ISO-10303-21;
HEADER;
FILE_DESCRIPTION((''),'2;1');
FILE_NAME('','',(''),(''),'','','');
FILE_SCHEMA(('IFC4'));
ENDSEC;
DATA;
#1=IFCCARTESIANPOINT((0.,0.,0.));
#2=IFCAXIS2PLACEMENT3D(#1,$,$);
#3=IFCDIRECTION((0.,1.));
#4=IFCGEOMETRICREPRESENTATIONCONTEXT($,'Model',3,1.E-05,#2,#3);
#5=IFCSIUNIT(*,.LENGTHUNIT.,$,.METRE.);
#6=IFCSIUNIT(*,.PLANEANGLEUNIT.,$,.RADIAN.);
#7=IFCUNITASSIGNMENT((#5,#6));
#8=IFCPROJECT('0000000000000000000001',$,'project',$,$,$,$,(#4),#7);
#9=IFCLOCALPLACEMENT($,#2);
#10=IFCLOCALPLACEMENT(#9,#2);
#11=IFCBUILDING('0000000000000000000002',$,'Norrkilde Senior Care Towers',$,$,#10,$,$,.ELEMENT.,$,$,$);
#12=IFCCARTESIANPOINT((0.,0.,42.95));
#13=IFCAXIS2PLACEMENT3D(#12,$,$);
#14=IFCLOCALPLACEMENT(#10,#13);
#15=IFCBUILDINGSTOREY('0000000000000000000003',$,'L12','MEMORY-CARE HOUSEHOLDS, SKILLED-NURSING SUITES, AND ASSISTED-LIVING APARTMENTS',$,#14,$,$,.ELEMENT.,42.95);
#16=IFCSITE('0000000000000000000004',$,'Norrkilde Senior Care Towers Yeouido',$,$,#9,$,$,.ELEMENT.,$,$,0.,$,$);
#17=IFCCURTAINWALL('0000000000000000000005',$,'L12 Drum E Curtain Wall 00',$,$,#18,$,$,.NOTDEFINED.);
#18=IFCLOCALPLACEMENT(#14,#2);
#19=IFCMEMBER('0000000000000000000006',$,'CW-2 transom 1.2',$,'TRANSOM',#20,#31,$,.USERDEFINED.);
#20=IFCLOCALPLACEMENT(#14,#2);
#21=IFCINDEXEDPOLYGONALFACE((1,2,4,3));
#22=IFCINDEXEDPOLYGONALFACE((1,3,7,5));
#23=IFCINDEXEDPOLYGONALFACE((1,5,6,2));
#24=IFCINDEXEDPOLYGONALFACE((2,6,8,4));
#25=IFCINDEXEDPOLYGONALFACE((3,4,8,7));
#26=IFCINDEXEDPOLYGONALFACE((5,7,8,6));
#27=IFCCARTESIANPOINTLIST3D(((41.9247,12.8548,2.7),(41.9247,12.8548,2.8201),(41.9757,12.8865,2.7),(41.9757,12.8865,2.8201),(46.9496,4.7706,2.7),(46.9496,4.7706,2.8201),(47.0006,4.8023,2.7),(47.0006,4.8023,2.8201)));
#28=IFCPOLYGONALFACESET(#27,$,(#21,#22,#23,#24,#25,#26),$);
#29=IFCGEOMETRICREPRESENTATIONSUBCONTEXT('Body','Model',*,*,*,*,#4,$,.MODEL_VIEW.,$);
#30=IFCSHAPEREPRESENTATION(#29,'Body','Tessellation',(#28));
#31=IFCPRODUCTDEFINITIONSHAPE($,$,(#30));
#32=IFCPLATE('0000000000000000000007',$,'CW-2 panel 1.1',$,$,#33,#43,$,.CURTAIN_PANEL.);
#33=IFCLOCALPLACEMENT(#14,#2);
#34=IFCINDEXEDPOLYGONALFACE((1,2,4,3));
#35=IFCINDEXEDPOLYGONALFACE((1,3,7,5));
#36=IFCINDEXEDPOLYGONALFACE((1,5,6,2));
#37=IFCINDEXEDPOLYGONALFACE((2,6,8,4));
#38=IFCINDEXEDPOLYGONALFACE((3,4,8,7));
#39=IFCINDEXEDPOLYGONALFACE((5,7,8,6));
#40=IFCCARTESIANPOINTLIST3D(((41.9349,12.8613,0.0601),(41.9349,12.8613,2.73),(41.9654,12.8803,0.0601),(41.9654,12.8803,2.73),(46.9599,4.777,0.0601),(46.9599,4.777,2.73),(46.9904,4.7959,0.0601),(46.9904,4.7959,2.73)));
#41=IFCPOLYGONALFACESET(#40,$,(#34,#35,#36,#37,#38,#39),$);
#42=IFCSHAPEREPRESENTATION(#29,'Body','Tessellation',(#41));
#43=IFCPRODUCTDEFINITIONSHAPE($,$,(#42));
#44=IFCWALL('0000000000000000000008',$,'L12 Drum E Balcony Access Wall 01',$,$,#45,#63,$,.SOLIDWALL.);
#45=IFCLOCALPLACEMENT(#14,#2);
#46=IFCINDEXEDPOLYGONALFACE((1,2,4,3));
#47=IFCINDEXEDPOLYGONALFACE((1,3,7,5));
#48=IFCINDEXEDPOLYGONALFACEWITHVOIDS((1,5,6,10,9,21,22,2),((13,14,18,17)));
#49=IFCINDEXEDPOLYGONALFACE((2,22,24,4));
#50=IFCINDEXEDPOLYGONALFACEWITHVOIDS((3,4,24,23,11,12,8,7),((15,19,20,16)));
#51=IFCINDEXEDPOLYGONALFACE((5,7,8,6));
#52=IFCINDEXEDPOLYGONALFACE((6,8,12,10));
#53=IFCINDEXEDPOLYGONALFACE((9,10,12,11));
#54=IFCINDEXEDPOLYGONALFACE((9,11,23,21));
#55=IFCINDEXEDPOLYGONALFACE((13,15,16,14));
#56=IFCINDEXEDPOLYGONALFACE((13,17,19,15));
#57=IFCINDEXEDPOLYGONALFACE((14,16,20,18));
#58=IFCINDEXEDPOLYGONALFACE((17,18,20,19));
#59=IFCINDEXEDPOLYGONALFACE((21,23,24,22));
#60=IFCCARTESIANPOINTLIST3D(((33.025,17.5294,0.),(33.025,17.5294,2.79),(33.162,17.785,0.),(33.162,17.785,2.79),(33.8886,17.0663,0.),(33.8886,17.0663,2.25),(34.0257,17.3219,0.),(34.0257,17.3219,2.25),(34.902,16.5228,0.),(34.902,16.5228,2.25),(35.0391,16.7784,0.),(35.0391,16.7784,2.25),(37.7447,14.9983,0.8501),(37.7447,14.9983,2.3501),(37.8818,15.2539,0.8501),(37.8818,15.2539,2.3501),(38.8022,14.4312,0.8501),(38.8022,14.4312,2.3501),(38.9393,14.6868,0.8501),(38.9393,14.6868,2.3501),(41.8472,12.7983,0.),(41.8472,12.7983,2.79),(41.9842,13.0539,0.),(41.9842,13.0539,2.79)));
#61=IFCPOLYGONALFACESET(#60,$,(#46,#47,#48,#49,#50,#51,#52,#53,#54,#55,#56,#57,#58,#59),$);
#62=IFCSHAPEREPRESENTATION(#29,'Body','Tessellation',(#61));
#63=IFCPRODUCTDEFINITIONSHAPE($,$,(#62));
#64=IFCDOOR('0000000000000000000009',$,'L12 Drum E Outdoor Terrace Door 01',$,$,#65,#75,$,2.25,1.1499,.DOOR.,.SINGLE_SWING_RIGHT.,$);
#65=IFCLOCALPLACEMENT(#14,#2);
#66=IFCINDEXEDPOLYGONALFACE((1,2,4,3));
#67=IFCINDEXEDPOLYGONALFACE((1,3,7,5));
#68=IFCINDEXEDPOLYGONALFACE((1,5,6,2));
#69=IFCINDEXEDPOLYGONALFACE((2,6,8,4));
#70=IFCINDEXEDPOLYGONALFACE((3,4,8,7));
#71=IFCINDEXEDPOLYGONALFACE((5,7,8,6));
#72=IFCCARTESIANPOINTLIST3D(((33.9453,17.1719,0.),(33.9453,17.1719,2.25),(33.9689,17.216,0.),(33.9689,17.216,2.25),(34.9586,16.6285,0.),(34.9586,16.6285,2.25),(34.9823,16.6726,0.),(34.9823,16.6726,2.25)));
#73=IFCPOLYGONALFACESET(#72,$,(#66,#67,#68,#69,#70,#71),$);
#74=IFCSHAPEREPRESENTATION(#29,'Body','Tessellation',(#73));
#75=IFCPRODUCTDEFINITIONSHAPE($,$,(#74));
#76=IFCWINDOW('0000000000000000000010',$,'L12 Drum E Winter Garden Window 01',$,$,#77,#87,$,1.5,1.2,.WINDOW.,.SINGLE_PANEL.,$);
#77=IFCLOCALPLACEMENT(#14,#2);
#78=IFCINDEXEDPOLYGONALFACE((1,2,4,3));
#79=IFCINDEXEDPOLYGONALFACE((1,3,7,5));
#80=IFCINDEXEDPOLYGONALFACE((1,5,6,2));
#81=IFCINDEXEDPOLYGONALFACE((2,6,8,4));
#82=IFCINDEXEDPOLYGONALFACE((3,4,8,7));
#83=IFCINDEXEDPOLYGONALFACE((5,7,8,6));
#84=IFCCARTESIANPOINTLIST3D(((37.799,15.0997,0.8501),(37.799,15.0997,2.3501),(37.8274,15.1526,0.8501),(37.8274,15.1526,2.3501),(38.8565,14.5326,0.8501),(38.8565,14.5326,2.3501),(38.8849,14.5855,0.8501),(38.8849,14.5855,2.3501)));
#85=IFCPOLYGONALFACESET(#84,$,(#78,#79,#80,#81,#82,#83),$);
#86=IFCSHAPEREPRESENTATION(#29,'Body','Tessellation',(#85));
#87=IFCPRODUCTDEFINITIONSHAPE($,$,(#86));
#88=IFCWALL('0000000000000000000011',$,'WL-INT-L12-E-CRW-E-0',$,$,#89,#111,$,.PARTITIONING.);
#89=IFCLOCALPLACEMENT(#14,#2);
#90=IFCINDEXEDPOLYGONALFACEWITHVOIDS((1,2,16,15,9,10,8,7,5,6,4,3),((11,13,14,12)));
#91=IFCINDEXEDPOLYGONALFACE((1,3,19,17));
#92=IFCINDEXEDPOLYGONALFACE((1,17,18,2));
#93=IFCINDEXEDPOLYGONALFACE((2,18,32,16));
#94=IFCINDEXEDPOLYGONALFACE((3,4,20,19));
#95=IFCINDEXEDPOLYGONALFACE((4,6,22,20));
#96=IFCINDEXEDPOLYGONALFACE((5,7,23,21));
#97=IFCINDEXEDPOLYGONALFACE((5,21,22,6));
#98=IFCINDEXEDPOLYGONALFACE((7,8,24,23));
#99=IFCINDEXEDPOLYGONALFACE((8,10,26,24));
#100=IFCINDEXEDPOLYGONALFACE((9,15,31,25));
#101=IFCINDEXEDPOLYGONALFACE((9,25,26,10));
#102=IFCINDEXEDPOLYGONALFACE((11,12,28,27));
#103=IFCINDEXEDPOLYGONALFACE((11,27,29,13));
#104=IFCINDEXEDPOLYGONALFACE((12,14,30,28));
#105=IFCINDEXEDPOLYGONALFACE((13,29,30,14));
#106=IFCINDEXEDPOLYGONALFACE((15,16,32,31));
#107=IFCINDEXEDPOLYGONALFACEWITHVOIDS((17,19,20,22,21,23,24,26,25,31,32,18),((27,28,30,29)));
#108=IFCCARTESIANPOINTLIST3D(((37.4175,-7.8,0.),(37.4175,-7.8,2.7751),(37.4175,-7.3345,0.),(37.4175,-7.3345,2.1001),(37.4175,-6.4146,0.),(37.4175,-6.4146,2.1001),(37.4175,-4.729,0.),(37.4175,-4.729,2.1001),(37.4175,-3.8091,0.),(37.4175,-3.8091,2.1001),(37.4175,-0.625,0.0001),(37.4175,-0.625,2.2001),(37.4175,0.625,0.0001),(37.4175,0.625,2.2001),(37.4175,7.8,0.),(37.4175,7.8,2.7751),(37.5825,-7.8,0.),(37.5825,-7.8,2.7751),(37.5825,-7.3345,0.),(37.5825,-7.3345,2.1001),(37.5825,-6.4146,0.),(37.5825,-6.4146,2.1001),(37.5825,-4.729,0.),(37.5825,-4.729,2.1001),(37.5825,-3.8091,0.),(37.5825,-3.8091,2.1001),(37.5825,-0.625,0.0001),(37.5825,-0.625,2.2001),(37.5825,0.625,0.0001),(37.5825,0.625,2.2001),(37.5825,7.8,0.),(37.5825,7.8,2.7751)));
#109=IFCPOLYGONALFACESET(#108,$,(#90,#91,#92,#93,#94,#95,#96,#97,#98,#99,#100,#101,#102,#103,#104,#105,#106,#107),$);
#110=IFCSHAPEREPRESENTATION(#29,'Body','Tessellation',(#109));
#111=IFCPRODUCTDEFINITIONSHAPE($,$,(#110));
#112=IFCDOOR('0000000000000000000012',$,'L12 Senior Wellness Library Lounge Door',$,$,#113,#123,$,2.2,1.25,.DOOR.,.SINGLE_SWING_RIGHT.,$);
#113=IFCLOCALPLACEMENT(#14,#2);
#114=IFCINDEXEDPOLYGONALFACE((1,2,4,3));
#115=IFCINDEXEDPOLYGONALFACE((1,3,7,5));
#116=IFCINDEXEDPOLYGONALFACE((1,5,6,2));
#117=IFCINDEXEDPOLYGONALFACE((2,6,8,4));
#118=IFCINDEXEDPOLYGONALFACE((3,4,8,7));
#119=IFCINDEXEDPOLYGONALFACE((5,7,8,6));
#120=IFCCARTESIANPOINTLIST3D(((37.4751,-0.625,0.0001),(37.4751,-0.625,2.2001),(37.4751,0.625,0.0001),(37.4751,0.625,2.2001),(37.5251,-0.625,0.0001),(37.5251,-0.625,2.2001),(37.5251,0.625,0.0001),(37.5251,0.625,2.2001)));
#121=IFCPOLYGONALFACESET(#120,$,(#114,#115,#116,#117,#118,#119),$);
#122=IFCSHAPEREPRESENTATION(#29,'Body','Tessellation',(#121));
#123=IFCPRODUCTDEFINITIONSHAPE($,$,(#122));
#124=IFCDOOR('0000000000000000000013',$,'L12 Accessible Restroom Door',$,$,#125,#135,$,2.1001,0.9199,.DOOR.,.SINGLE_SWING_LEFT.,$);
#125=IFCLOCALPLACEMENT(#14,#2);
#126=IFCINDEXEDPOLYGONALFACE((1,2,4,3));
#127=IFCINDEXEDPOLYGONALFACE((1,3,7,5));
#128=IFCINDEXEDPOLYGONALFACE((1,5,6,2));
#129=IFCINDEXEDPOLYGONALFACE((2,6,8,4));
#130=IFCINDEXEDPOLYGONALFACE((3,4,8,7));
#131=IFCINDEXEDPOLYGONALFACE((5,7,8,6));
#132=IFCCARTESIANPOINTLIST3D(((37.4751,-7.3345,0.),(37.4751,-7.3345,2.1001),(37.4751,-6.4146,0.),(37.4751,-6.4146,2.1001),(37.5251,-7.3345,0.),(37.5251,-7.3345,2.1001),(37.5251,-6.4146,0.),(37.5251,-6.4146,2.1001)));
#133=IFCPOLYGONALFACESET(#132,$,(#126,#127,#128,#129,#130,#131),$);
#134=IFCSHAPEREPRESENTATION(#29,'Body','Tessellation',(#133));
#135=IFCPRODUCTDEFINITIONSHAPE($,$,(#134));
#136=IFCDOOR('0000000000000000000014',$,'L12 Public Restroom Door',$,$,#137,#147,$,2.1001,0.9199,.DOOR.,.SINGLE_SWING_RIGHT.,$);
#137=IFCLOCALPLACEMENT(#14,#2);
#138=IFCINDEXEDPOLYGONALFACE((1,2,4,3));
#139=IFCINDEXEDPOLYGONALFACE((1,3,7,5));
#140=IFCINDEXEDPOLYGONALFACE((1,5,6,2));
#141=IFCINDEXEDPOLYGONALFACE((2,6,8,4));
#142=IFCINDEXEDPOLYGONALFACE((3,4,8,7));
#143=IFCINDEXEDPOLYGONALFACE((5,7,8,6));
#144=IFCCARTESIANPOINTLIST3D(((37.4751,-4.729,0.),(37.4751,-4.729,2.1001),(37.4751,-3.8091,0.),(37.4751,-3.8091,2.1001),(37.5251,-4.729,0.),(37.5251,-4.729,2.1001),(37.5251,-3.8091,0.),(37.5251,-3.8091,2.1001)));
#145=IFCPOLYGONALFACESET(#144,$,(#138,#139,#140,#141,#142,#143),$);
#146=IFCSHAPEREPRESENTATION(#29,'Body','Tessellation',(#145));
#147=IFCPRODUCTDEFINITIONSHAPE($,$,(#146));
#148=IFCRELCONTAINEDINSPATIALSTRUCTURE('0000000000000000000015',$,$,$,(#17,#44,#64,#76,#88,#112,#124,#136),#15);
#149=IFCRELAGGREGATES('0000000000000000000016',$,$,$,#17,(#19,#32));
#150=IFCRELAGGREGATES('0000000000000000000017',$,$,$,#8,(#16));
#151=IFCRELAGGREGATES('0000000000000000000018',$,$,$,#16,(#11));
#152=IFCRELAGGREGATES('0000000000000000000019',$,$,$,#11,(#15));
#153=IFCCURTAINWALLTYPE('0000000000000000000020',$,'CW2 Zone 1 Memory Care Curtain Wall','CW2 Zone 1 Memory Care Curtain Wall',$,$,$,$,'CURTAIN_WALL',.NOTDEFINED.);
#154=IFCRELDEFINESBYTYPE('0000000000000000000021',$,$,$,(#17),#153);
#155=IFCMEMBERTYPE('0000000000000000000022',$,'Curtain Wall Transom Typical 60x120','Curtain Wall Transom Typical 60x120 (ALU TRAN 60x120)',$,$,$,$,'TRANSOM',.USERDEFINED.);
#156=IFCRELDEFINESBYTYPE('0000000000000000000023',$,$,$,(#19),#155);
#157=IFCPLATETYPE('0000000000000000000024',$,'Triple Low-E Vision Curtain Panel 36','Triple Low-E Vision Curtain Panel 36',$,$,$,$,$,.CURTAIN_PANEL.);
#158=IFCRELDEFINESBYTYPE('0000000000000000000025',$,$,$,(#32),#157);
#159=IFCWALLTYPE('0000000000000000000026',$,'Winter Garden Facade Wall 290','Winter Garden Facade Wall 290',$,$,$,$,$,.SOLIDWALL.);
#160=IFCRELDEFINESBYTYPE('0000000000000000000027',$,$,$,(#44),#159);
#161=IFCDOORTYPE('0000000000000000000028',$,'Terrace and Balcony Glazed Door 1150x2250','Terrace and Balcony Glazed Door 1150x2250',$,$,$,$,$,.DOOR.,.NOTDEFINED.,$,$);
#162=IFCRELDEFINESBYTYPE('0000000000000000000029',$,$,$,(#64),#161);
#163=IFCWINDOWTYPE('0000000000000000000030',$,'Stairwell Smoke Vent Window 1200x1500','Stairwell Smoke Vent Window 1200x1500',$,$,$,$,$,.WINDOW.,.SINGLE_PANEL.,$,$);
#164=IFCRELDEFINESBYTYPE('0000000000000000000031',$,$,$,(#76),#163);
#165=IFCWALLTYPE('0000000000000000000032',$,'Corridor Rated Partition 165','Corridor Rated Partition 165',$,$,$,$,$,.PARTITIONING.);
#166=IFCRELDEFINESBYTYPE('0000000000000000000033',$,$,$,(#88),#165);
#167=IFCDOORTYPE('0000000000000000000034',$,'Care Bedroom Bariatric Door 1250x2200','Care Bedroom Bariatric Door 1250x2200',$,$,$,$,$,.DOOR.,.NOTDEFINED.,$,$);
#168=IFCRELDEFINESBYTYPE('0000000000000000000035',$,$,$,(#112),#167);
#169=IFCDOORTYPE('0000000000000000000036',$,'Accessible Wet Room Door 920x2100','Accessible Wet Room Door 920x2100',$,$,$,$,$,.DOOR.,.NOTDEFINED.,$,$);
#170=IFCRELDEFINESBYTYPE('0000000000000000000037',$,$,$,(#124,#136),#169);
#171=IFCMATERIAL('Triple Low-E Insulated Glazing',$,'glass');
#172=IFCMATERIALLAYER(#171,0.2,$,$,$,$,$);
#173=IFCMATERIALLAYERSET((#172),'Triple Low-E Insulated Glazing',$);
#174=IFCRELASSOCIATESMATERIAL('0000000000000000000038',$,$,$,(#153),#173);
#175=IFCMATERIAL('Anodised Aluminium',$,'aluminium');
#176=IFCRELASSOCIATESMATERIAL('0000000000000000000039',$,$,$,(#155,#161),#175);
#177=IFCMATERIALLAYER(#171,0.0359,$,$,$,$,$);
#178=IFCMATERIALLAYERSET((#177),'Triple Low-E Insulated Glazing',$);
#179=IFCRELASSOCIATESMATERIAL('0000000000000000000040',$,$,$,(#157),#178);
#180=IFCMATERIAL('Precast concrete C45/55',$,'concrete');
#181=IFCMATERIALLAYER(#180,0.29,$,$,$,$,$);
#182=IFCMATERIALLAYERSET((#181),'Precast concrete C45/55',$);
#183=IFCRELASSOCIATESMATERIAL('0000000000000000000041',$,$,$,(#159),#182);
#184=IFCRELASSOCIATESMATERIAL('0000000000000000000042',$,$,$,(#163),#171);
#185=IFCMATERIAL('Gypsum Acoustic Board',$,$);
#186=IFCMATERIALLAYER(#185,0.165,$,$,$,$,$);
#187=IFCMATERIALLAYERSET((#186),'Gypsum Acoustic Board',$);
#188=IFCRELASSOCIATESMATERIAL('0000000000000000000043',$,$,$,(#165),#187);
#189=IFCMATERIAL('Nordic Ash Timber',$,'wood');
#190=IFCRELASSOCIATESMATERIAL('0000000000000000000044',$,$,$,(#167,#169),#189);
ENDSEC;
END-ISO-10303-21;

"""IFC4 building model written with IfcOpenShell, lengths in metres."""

from ifc_helpers import new_model, si_unit, direction, frame, frame_2d, origin, origin_2d, place, context, subcontext, project, spatial, rectangle, extrude, source, transform, mapped, material, layer, layer_set, material_profile, profile_set, type_object, type_shapes, element, fill, aggregate, save


model = new_model("IFC4")

# Units and contexts
model_context = context("Model", 3, precision=1e-05, world=origin(), true_north=direction((0.0, 1.0)))
body_context = subcontext(model_context, "Body", "Model", "MODEL_VIEW")
ifc_project = project(units=[si_unit("LENGTHUNIT", "METRE"), si_unit("PLANEANGLEUNIT", "RADIAN")], contexts=[model_context])

# Site, building, storey
site_placement = place(None, origin())
site = spatial("IfcSite", under=ifc_project, at=site_placement, Name="Norrkilde Senior Care Towers Yeouido", CompositionType="ELEMENT", RefElevation=0.0)
building_placement = place(site_placement, origin())
building = spatial("IfcBuilding", under=site, at=building_placement, Name="Norrkilde Senior Care Towers", CompositionType="ELEMENT")
storey_placement = place(building_placement, frame((0.0, 0.0, 42.95)))
storey = spatial("IfcBuildingStorey", under=building, at=storey_placement, Name="L12", Description="MEMORY-CARE HOUSEHOLDS, SKILLED-NURSING SUITES, AND ASSISTED-LIVING APARTMENTS", CompositionType="ELEMENT", Elevation=42.95)

# Curtain wall
ifc_material_1 = material(Name="Triple Low-E Insulated Glazing", Category="glass")
ifc_layer_1 = layer(ifc_material_1, 0.2)
ifc_layer_set_1 = layer_set([ifc_layer_1], Name="Triple Low-E Insulated Glazing")
curtain_wall_type = type_object("IfcCurtainWallType", Name="CW2 Zone 1 Memory Care Curtain Wall", Description="CW2 Zone 1 Memory Care Curtain Wall", ElementType="CURTAIN_WALL", PredefinedType="NOTDEFINED", material=ifc_layer_set_1)
curtain_wall_1_placement = place(storey_placement, origin())
curtain_wall_1 = element("IfcCurtainWall", 1, at=curtain_wall_1_placement, inside=storey, type_object=curtain_wall_type, Name="L12 Drum E Curtain Wall 00", PredefinedType="NOTDEFINED")
ifc_material_2 = material(Name="Anodised Aluminium", Category="aluminium")

# Member
ifc_material_profile_1 = material_profile(ifc_material_2, rectangle(XDim=0.0601, YDim=0.1201, at=origin_2d()), Name="ALU TRAN 60x120")
ifc_profile_set_1 = profile_set([ifc_material_profile_1], Name="Anodised Aluminium")
member_type_1 = type_object("IfcMemberType", Name="Curtain Wall Transom Typical 60x120", Description="Curtain Wall Transom Typical 60x120 (ALU TRAN 60x120)", ElementType="TRANSOM", PredefinedType="USERDEFINED", material=ifc_profile_set_1)
shared_shape_1 = source(origin(), body_context, "Body", "SweptSolid", [
    extrude(rectangle(XDim=0.0601, YDim=0.1201, at=origin_2d()), origin(), (0.0, 0.0, 1.0), 9.5186),
])
type_shapes(member_type_1, [shared_shape_1])
member_1_placement = place(storey_placement, frame((41.9502, 12.8706, 2.76), z_axis=(0.527902, -0.849306, 0.0), x_axis=(0.849306, 0.527902, 0.0)))
member_1 = element("IfcMember", 2, at=member_1_placement, type_object=member_type_1, Name="CW-2 transom 1.2", ObjectType="TRANSOM", PredefinedType="USERDEFINED", context=body_context, shape_type="MappedRepresentation", body=[
    mapped(shared_shape_1, transform((0.0, 0.0, 0.0), x_axis=(1.0, 0.0, 0.0), y_axis=(0.0, 1.0, 0.0), z_axis=(0.0, 0.0, 1.0), scale=1.0)),
])

# Plate
ifc_layer_2 = layer(ifc_material_1, 0.0359)
ifc_layer_set_2 = layer_set([ifc_layer_2], Name="Triple Low-E Insulated Glazing")
plate_type = type_object("IfcPlateType", Name="Triple Low-E Vision Curtain Panel 36", Description="Triple Low-E Vision Curtain Panel 36", PredefinedType="CURTAIN_PANEL", material=ifc_layer_set_2)
shared_shape_2 = source(origin(), body_context, "Body", "SweptSolid", [
    extrude(rectangle(XDim=9.5188, YDim=0.0359, at=origin_2d()), origin(), (0.0, 0.0, 1.0), 2.6699),
])
type_shapes(plate_type, [shared_shape_2])
plate_placement = place(storey_placement, frame((44.4626, 8.8286, 0.0601), z_axis=(0.0, 0.0, 1.0), x_axis=(0.527901, -0.849306, 0.0)))
plate = element("IfcPlate", 3, at=plate_placement, type_object=plate_type, Name="CW-2 panel 1.1", PredefinedType="CURTAIN_PANEL", context=body_context, shape_type="MappedRepresentation", body=[
    mapped(shared_shape_2, transform((0.0, 0.0, 0.0), x_axis=(1.0, 0.0, 0.0), y_axis=(0.0, 1.0, 0.0), z_axis=(0.0, 0.0, 1.0), scale=1.0)),
])
aggregate(curtain_wall_1, [member_1, plate])

# Wall, openings, door, window
ifc_material_3 = material(Name="Precast concrete C45/55", Category="concrete")
ifc_layer_3 = layer(ifc_material_3, 0.29)
ifc_layer_set_3 = layer_set([ifc_layer_3], Name="Precast concrete C45/55")
wall_type_1 = type_object("IfcWallType", Name="Winter Garden Facade Wall 290", Description="Winter Garden Facade Wall 290", PredefinedType="SOLIDWALL", material=ifc_layer_set_3)
shared_shape_3 = source(origin(), body_context, "Body", "SweptSolid", [
    extrude(rectangle(XDim=10.0107, YDim=0.29, at=frame_2d((5.0054, 0.0))), origin(), (0.0, 0.0, 1.0), 2.79),
])
type_shapes(wall_type_1, [shared_shape_3])
wall_1_placement = place(storey_placement, frame((33.0935, 17.6572, 0.0), z_axis=(0.0, 0.0, 1.0), x_axis=(0.881273, -0.472608, 0.0)))
wall_1 = element("IfcWall", 4, at=wall_1_placement, inside=storey, type_object=wall_type_1, Name="L12 Drum E Balcony Access Wall 01", PredefinedType="SOLIDWALL", context=body_context, shape_type="MappedRepresentation", body=[
    mapped(shared_shape_3, transform((0.0, 0.0, 0.0), x_axis=(1.0, 0.0, 0.0), y_axis=(0.0, 1.0, 0.0), z_axis=(0.0, 0.0, 1.0), scale=1.0)),
])
opening_1_placement = place(wall_1_placement, frame((0.98, 0.0, 0.0)))
opening_1 = element("IfcOpeningElement", 5, at=opening_1_placement, cuts=wall_1, PredefinedType="OPENING", context=body_context, shape_type="SweptSolid", body=[
    extrude(rectangle(XDim=1.1499, YDim=2.25, at=frame_2d((0.575, 1.125))), frame((0.0, 0.155, 0.0), z_axis=(0.0, -1.0, 0.0), x_axis=(1.0, 0.0, 0.0)), (0.0, 0.0, 1.0), 0.3101),
])
opening_2_placement = place(wall_1_placement, frame((5.3555, 0.0, 0.8501)))
opening_2 = element("IfcOpeningElement", 6, at=opening_2_placement, cuts=wall_1, PredefinedType="OPENING", context=body_context, shape_type="SweptSolid", body=[
    extrude(rectangle(XDim=1.2, YDim=1.5, at=frame_2d((0.6001, 0.75))), frame((0.0, 0.155, 0.0), z_axis=(0.0, -1.0, 0.0), x_axis=(1.0, 0.0, 0.0)), (0.0, 0.0, 1.0), 0.3101),
])
door_type_1 = type_object("IfcDoorType", Name="Terrace and Balcony Glazed Door 1150x2250", Description="Terrace and Balcony Glazed Door 1150x2250", OperationType="NOTDEFINED", PredefinedType="DOOR", material=ifc_material_2)
shared_shape_4 = source(origin(), body_context, "Body", "SweptSolid", [
    extrude(rectangle(XDim=1.1499, YDim=2.25, at=frame_2d((0.575, 1.125))), frame((0.0, 0.0249, 0.0), z_axis=(0.0, -1.0, 0.0), x_axis=(1.0, 0.0, 0.0)), (0.0, 0.0, 1.0), 0.05),
])
type_shapes(door_type_1, [shared_shape_4])
door_1_placement = place(opening_1_placement, origin())
door_1 = element("IfcDoor", 7, at=door_1_placement, inside=storey, type_object=door_type_1, Name="L12 Drum E Outdoor Terrace Door 01", OperationType="SINGLE_SWING_RIGHT", OverallHeight=2.25, OverallWidth=1.1499, PredefinedType="DOOR", context=body_context, shape_type="MappedRepresentation", body=[
    mapped(shared_shape_4, transform((0.0, 0.0, 0.0), x_axis=(1.0, 0.0, 0.0), y_axis=(0.0, 1.0, 0.0), z_axis=(0.0, 0.0, 1.0), scale=1.0)),
])
fill(opening_1, door_1)
window_type = type_object("IfcWindowType", Name="Stairwell Smoke Vent Window 1200x1500", Description="Stairwell Smoke Vent Window 1200x1500", PartitioningType="SINGLE_PANEL", PredefinedType="WINDOW", material=ifc_material_1)
shared_shape_5 = source(origin(), body_context, "Body", "SweptSolid", [
    extrude(rectangle(XDim=1.2, YDim=1.5, at=frame_2d((0.6001, 0.75))), frame((0.0, 0.03, 0.0), z_axis=(0.0, -1.0, 0.0), x_axis=(1.0, 0.0, 0.0)), (0.0, 0.0, 1.0), 0.0601),
])
type_shapes(window_type, [shared_shape_5])
window_placement = place(opening_2_placement, origin())
window = element("IfcWindow", 8, at=window_placement, inside=storey, type_object=window_type, Name="L12 Drum E Winter Garden Window 01", OverallHeight=1.5, OverallWidth=1.2, PartitioningType="SINGLE_PANEL", PredefinedType="WINDOW", context=body_context, shape_type="MappedRepresentation", body=[
    mapped(shared_shape_5, transform((0.0, 0.0, 0.0), x_axis=(1.0, 0.0, 0.0), y_axis=(0.0, 1.0, 0.0), z_axis=(0.0, 0.0, 1.0), scale=1.0)),
])
fill(opening_2, window)

# Wall, openings, doors
ifc_material_4 = material(Name="Gypsum Acoustic Board")
ifc_layer_4 = layer(ifc_material_4, 0.165)
ifc_layer_set_4 = layer_set([ifc_layer_4], Name="Gypsum Acoustic Board")
wall_type_2 = type_object("IfcWallType", Name="Corridor Rated Partition 165", Description="Corridor Rated Partition 165", PredefinedType="PARTITIONING", material=ifc_layer_set_4)
shared_shape_6 = source(origin(), body_context, "Body", "SweptSolid", [
    extrude(rectangle(XDim=15.6001, YDim=0.165, at=frame_2d((7.8, 0.0))), origin(), (0.0, 0.0, 1.0), 2.7751),
])
type_shapes(wall_type_2, [shared_shape_6])
wall_2_placement = place(storey_placement, frame((37.5, 7.8, 0.0), z_axis=(0.0, 0.0, 1.0), x_axis=(0.0, -1.0, 0.0)))
wall_2 = element("IfcWall", 9, at=wall_2_placement, inside=storey, type_object=wall_type_2, Name="WL-INT-L12-E-CRW-E-0", PredefinedType="PARTITIONING", context=body_context, shape_type="MappedRepresentation", body=[
    mapped(shared_shape_6, transform((0.0, 0.0, 0.0), x_axis=(1.0, 0.0, 0.0), y_axis=(0.0, 1.0, 0.0), z_axis=(0.0, 0.0, 1.0), scale=1.0)),
])
opening_3_placement = place(wall_2_placement, frame((14.2146, 0.0, 0.0)))
opening_3 = element("IfcOpeningElement", 10, at=opening_3_placement, cuts=wall_2, PredefinedType="OPENING", context=body_context, shape_type="SweptSolid", body=[
    extrude(rectangle(XDim=0.9199, YDim=2.1001, at=frame_2d((0.46, 1.05))), frame((0.0, 0.0925, 0.0), z_axis=(0.0, -1.0, 0.0), x_axis=(1.0, 0.0, 0.0)), (0.0, 0.0, 1.0), 0.1851),
])
opening_4_placement = place(wall_2_placement, frame((11.6091, 0.0, 0.0)))
opening_4 = element("IfcOpeningElement", 11, at=opening_4_placement, cuts=wall_2, PredefinedType="OPENING", context=body_context, shape_type="SweptSolid", body=[
    extrude(rectangle(XDim=0.9199, YDim=2.1001, at=frame_2d((0.46, 1.05))), frame((0.0, 0.0925, 0.0), z_axis=(0.0, -1.0, 0.0), x_axis=(1.0, 0.0, 0.0)), (0.0, 0.0, 1.0), 0.1851),
])
opening_5_placement = place(wall_2_placement, frame((7.175, 0.0, 0.0)))
opening_5 = element("IfcOpeningElement", 12, at=opening_5_placement, cuts=wall_2, PredefinedType="OPENING", context=body_context, shape_type="SweptSolid", body=[
    extrude(rectangle(XDim=1.25, YDim=2.2, at=frame_2d((0.625, 1.1001))), frame((0.0, 0.0925, 0.0), z_axis=(0.0, -1.0, 0.0), x_axis=(1.0, 0.0, 0.0)), (0.0, 0.0, 1.0), 0.1851),
])
ifc_material_5 = material(Name="Nordic Ash Timber", Category="wood")
door_type_2 = type_object("IfcDoorType", Name="Care Bedroom Bariatric Door 1250x2200", Description="Care Bedroom Bariatric Door 1250x2200", OperationType="NOTDEFINED", PredefinedType="DOOR", material=ifc_material_5)
shared_shape_7 = source(origin(), body_context, "Body", "SweptSolid", [
    extrude(rectangle(XDim=1.25, YDim=2.2, at=frame_2d((0.625, 1.1001))), frame((0.0, 0.0249, 0.0), z_axis=(0.0, -1.0, 0.0), x_axis=(1.0, 0.0, 0.0)), (0.0, 0.0, 1.0), 0.05),
])
type_shapes(door_type_2, [shared_shape_7])
door_2_placement = place(opening_5_placement, frame((1.25, 0.0, 0.0), z_axis=(0.0, 0.0, 1.0), x_axis=(-1.0, 0.0, 0.0)))
door_2 = element("IfcDoor", 13, at=door_2_placement, inside=storey, type_object=door_type_2, Name="L12 Senior Wellness Library Lounge Door", OperationType="SINGLE_SWING_RIGHT", OverallHeight=2.2, OverallWidth=1.25, PredefinedType="DOOR", context=body_context, shape_type="MappedRepresentation", body=[
    mapped(shared_shape_7, transform((0.0, 0.0, 0.0), x_axis=(1.0, 0.0, 0.0), y_axis=(0.0, 1.0, 0.0), z_axis=(0.0, 0.0, 1.0), scale=1.0)),
])
fill(opening_5, door_2)
door_type_3 = type_object("IfcDoorType", Name="Accessible Wet Room Door 920x2100", Description="Accessible Wet Room Door 920x2100", OperationType="NOTDEFINED", PredefinedType="DOOR", material=ifc_material_5)
shared_shape_8 = source(origin(), body_context, "Body", "SweptSolid", [
    extrude(rectangle(XDim=0.9199, YDim=2.1001, at=frame_2d((0.46, 1.05))), frame((0.0, 0.0249, 0.0), z_axis=(0.0, -1.0, 0.0), x_axis=(1.0, 0.0, 0.0)), (0.0, 0.0, 1.0), 0.05),
])
type_shapes(door_type_3, [shared_shape_8])
door_3_placement = place(opening_3_placement, frame((0.9199, 0.0, 0.0), z_axis=(0.0, 0.0, 1.0), x_axis=(-1.0, 0.0, 0.0)))
door_3 = element("IfcDoor", 14, at=door_3_placement, inside=storey, type_object=door_type_3, Name="L12 Accessible Restroom Door", OperationType="SINGLE_SWING_LEFT", OverallHeight=2.1001, OverallWidth=0.9199, PredefinedType="DOOR", context=body_context, shape_type="MappedRepresentation", body=[
    mapped(shared_shape_8, transform((0.0, 0.0, 0.0), x_axis=(1.0, 0.0, 0.0), y_axis=(0.0, 1.0, 0.0), z_axis=(0.0, 0.0, 1.0), scale=1.0)),
])
fill(opening_3, door_3)
door_4_placement = place(opening_4_placement, frame((0.9199, 0.0, 0.0), z_axis=(0.0, 0.0, 1.0), x_axis=(-1.0, 0.0, 0.0)))
door_4 = element("IfcDoor", 15, at=door_4_placement, inside=storey, type_object=door_type_3, Name="L12 Public Restroom Door", OperationType="SINGLE_SWING_RIGHT", OverallHeight=2.1001, OverallWidth=0.9199, PredefinedType="DOOR", context=body_context, shape_type="MappedRepresentation", body=[
    mapped(shared_shape_8, transform((0.0, 0.0, 0.0), x_axis=(1.0, 0.0, 0.0), y_axis=(0.0, 1.0, 0.0), z_axis=(0.0, 0.0, 1.0), scale=1.0)),
])
fill(opening_4, door_4)

save(model, "model.ifc")
